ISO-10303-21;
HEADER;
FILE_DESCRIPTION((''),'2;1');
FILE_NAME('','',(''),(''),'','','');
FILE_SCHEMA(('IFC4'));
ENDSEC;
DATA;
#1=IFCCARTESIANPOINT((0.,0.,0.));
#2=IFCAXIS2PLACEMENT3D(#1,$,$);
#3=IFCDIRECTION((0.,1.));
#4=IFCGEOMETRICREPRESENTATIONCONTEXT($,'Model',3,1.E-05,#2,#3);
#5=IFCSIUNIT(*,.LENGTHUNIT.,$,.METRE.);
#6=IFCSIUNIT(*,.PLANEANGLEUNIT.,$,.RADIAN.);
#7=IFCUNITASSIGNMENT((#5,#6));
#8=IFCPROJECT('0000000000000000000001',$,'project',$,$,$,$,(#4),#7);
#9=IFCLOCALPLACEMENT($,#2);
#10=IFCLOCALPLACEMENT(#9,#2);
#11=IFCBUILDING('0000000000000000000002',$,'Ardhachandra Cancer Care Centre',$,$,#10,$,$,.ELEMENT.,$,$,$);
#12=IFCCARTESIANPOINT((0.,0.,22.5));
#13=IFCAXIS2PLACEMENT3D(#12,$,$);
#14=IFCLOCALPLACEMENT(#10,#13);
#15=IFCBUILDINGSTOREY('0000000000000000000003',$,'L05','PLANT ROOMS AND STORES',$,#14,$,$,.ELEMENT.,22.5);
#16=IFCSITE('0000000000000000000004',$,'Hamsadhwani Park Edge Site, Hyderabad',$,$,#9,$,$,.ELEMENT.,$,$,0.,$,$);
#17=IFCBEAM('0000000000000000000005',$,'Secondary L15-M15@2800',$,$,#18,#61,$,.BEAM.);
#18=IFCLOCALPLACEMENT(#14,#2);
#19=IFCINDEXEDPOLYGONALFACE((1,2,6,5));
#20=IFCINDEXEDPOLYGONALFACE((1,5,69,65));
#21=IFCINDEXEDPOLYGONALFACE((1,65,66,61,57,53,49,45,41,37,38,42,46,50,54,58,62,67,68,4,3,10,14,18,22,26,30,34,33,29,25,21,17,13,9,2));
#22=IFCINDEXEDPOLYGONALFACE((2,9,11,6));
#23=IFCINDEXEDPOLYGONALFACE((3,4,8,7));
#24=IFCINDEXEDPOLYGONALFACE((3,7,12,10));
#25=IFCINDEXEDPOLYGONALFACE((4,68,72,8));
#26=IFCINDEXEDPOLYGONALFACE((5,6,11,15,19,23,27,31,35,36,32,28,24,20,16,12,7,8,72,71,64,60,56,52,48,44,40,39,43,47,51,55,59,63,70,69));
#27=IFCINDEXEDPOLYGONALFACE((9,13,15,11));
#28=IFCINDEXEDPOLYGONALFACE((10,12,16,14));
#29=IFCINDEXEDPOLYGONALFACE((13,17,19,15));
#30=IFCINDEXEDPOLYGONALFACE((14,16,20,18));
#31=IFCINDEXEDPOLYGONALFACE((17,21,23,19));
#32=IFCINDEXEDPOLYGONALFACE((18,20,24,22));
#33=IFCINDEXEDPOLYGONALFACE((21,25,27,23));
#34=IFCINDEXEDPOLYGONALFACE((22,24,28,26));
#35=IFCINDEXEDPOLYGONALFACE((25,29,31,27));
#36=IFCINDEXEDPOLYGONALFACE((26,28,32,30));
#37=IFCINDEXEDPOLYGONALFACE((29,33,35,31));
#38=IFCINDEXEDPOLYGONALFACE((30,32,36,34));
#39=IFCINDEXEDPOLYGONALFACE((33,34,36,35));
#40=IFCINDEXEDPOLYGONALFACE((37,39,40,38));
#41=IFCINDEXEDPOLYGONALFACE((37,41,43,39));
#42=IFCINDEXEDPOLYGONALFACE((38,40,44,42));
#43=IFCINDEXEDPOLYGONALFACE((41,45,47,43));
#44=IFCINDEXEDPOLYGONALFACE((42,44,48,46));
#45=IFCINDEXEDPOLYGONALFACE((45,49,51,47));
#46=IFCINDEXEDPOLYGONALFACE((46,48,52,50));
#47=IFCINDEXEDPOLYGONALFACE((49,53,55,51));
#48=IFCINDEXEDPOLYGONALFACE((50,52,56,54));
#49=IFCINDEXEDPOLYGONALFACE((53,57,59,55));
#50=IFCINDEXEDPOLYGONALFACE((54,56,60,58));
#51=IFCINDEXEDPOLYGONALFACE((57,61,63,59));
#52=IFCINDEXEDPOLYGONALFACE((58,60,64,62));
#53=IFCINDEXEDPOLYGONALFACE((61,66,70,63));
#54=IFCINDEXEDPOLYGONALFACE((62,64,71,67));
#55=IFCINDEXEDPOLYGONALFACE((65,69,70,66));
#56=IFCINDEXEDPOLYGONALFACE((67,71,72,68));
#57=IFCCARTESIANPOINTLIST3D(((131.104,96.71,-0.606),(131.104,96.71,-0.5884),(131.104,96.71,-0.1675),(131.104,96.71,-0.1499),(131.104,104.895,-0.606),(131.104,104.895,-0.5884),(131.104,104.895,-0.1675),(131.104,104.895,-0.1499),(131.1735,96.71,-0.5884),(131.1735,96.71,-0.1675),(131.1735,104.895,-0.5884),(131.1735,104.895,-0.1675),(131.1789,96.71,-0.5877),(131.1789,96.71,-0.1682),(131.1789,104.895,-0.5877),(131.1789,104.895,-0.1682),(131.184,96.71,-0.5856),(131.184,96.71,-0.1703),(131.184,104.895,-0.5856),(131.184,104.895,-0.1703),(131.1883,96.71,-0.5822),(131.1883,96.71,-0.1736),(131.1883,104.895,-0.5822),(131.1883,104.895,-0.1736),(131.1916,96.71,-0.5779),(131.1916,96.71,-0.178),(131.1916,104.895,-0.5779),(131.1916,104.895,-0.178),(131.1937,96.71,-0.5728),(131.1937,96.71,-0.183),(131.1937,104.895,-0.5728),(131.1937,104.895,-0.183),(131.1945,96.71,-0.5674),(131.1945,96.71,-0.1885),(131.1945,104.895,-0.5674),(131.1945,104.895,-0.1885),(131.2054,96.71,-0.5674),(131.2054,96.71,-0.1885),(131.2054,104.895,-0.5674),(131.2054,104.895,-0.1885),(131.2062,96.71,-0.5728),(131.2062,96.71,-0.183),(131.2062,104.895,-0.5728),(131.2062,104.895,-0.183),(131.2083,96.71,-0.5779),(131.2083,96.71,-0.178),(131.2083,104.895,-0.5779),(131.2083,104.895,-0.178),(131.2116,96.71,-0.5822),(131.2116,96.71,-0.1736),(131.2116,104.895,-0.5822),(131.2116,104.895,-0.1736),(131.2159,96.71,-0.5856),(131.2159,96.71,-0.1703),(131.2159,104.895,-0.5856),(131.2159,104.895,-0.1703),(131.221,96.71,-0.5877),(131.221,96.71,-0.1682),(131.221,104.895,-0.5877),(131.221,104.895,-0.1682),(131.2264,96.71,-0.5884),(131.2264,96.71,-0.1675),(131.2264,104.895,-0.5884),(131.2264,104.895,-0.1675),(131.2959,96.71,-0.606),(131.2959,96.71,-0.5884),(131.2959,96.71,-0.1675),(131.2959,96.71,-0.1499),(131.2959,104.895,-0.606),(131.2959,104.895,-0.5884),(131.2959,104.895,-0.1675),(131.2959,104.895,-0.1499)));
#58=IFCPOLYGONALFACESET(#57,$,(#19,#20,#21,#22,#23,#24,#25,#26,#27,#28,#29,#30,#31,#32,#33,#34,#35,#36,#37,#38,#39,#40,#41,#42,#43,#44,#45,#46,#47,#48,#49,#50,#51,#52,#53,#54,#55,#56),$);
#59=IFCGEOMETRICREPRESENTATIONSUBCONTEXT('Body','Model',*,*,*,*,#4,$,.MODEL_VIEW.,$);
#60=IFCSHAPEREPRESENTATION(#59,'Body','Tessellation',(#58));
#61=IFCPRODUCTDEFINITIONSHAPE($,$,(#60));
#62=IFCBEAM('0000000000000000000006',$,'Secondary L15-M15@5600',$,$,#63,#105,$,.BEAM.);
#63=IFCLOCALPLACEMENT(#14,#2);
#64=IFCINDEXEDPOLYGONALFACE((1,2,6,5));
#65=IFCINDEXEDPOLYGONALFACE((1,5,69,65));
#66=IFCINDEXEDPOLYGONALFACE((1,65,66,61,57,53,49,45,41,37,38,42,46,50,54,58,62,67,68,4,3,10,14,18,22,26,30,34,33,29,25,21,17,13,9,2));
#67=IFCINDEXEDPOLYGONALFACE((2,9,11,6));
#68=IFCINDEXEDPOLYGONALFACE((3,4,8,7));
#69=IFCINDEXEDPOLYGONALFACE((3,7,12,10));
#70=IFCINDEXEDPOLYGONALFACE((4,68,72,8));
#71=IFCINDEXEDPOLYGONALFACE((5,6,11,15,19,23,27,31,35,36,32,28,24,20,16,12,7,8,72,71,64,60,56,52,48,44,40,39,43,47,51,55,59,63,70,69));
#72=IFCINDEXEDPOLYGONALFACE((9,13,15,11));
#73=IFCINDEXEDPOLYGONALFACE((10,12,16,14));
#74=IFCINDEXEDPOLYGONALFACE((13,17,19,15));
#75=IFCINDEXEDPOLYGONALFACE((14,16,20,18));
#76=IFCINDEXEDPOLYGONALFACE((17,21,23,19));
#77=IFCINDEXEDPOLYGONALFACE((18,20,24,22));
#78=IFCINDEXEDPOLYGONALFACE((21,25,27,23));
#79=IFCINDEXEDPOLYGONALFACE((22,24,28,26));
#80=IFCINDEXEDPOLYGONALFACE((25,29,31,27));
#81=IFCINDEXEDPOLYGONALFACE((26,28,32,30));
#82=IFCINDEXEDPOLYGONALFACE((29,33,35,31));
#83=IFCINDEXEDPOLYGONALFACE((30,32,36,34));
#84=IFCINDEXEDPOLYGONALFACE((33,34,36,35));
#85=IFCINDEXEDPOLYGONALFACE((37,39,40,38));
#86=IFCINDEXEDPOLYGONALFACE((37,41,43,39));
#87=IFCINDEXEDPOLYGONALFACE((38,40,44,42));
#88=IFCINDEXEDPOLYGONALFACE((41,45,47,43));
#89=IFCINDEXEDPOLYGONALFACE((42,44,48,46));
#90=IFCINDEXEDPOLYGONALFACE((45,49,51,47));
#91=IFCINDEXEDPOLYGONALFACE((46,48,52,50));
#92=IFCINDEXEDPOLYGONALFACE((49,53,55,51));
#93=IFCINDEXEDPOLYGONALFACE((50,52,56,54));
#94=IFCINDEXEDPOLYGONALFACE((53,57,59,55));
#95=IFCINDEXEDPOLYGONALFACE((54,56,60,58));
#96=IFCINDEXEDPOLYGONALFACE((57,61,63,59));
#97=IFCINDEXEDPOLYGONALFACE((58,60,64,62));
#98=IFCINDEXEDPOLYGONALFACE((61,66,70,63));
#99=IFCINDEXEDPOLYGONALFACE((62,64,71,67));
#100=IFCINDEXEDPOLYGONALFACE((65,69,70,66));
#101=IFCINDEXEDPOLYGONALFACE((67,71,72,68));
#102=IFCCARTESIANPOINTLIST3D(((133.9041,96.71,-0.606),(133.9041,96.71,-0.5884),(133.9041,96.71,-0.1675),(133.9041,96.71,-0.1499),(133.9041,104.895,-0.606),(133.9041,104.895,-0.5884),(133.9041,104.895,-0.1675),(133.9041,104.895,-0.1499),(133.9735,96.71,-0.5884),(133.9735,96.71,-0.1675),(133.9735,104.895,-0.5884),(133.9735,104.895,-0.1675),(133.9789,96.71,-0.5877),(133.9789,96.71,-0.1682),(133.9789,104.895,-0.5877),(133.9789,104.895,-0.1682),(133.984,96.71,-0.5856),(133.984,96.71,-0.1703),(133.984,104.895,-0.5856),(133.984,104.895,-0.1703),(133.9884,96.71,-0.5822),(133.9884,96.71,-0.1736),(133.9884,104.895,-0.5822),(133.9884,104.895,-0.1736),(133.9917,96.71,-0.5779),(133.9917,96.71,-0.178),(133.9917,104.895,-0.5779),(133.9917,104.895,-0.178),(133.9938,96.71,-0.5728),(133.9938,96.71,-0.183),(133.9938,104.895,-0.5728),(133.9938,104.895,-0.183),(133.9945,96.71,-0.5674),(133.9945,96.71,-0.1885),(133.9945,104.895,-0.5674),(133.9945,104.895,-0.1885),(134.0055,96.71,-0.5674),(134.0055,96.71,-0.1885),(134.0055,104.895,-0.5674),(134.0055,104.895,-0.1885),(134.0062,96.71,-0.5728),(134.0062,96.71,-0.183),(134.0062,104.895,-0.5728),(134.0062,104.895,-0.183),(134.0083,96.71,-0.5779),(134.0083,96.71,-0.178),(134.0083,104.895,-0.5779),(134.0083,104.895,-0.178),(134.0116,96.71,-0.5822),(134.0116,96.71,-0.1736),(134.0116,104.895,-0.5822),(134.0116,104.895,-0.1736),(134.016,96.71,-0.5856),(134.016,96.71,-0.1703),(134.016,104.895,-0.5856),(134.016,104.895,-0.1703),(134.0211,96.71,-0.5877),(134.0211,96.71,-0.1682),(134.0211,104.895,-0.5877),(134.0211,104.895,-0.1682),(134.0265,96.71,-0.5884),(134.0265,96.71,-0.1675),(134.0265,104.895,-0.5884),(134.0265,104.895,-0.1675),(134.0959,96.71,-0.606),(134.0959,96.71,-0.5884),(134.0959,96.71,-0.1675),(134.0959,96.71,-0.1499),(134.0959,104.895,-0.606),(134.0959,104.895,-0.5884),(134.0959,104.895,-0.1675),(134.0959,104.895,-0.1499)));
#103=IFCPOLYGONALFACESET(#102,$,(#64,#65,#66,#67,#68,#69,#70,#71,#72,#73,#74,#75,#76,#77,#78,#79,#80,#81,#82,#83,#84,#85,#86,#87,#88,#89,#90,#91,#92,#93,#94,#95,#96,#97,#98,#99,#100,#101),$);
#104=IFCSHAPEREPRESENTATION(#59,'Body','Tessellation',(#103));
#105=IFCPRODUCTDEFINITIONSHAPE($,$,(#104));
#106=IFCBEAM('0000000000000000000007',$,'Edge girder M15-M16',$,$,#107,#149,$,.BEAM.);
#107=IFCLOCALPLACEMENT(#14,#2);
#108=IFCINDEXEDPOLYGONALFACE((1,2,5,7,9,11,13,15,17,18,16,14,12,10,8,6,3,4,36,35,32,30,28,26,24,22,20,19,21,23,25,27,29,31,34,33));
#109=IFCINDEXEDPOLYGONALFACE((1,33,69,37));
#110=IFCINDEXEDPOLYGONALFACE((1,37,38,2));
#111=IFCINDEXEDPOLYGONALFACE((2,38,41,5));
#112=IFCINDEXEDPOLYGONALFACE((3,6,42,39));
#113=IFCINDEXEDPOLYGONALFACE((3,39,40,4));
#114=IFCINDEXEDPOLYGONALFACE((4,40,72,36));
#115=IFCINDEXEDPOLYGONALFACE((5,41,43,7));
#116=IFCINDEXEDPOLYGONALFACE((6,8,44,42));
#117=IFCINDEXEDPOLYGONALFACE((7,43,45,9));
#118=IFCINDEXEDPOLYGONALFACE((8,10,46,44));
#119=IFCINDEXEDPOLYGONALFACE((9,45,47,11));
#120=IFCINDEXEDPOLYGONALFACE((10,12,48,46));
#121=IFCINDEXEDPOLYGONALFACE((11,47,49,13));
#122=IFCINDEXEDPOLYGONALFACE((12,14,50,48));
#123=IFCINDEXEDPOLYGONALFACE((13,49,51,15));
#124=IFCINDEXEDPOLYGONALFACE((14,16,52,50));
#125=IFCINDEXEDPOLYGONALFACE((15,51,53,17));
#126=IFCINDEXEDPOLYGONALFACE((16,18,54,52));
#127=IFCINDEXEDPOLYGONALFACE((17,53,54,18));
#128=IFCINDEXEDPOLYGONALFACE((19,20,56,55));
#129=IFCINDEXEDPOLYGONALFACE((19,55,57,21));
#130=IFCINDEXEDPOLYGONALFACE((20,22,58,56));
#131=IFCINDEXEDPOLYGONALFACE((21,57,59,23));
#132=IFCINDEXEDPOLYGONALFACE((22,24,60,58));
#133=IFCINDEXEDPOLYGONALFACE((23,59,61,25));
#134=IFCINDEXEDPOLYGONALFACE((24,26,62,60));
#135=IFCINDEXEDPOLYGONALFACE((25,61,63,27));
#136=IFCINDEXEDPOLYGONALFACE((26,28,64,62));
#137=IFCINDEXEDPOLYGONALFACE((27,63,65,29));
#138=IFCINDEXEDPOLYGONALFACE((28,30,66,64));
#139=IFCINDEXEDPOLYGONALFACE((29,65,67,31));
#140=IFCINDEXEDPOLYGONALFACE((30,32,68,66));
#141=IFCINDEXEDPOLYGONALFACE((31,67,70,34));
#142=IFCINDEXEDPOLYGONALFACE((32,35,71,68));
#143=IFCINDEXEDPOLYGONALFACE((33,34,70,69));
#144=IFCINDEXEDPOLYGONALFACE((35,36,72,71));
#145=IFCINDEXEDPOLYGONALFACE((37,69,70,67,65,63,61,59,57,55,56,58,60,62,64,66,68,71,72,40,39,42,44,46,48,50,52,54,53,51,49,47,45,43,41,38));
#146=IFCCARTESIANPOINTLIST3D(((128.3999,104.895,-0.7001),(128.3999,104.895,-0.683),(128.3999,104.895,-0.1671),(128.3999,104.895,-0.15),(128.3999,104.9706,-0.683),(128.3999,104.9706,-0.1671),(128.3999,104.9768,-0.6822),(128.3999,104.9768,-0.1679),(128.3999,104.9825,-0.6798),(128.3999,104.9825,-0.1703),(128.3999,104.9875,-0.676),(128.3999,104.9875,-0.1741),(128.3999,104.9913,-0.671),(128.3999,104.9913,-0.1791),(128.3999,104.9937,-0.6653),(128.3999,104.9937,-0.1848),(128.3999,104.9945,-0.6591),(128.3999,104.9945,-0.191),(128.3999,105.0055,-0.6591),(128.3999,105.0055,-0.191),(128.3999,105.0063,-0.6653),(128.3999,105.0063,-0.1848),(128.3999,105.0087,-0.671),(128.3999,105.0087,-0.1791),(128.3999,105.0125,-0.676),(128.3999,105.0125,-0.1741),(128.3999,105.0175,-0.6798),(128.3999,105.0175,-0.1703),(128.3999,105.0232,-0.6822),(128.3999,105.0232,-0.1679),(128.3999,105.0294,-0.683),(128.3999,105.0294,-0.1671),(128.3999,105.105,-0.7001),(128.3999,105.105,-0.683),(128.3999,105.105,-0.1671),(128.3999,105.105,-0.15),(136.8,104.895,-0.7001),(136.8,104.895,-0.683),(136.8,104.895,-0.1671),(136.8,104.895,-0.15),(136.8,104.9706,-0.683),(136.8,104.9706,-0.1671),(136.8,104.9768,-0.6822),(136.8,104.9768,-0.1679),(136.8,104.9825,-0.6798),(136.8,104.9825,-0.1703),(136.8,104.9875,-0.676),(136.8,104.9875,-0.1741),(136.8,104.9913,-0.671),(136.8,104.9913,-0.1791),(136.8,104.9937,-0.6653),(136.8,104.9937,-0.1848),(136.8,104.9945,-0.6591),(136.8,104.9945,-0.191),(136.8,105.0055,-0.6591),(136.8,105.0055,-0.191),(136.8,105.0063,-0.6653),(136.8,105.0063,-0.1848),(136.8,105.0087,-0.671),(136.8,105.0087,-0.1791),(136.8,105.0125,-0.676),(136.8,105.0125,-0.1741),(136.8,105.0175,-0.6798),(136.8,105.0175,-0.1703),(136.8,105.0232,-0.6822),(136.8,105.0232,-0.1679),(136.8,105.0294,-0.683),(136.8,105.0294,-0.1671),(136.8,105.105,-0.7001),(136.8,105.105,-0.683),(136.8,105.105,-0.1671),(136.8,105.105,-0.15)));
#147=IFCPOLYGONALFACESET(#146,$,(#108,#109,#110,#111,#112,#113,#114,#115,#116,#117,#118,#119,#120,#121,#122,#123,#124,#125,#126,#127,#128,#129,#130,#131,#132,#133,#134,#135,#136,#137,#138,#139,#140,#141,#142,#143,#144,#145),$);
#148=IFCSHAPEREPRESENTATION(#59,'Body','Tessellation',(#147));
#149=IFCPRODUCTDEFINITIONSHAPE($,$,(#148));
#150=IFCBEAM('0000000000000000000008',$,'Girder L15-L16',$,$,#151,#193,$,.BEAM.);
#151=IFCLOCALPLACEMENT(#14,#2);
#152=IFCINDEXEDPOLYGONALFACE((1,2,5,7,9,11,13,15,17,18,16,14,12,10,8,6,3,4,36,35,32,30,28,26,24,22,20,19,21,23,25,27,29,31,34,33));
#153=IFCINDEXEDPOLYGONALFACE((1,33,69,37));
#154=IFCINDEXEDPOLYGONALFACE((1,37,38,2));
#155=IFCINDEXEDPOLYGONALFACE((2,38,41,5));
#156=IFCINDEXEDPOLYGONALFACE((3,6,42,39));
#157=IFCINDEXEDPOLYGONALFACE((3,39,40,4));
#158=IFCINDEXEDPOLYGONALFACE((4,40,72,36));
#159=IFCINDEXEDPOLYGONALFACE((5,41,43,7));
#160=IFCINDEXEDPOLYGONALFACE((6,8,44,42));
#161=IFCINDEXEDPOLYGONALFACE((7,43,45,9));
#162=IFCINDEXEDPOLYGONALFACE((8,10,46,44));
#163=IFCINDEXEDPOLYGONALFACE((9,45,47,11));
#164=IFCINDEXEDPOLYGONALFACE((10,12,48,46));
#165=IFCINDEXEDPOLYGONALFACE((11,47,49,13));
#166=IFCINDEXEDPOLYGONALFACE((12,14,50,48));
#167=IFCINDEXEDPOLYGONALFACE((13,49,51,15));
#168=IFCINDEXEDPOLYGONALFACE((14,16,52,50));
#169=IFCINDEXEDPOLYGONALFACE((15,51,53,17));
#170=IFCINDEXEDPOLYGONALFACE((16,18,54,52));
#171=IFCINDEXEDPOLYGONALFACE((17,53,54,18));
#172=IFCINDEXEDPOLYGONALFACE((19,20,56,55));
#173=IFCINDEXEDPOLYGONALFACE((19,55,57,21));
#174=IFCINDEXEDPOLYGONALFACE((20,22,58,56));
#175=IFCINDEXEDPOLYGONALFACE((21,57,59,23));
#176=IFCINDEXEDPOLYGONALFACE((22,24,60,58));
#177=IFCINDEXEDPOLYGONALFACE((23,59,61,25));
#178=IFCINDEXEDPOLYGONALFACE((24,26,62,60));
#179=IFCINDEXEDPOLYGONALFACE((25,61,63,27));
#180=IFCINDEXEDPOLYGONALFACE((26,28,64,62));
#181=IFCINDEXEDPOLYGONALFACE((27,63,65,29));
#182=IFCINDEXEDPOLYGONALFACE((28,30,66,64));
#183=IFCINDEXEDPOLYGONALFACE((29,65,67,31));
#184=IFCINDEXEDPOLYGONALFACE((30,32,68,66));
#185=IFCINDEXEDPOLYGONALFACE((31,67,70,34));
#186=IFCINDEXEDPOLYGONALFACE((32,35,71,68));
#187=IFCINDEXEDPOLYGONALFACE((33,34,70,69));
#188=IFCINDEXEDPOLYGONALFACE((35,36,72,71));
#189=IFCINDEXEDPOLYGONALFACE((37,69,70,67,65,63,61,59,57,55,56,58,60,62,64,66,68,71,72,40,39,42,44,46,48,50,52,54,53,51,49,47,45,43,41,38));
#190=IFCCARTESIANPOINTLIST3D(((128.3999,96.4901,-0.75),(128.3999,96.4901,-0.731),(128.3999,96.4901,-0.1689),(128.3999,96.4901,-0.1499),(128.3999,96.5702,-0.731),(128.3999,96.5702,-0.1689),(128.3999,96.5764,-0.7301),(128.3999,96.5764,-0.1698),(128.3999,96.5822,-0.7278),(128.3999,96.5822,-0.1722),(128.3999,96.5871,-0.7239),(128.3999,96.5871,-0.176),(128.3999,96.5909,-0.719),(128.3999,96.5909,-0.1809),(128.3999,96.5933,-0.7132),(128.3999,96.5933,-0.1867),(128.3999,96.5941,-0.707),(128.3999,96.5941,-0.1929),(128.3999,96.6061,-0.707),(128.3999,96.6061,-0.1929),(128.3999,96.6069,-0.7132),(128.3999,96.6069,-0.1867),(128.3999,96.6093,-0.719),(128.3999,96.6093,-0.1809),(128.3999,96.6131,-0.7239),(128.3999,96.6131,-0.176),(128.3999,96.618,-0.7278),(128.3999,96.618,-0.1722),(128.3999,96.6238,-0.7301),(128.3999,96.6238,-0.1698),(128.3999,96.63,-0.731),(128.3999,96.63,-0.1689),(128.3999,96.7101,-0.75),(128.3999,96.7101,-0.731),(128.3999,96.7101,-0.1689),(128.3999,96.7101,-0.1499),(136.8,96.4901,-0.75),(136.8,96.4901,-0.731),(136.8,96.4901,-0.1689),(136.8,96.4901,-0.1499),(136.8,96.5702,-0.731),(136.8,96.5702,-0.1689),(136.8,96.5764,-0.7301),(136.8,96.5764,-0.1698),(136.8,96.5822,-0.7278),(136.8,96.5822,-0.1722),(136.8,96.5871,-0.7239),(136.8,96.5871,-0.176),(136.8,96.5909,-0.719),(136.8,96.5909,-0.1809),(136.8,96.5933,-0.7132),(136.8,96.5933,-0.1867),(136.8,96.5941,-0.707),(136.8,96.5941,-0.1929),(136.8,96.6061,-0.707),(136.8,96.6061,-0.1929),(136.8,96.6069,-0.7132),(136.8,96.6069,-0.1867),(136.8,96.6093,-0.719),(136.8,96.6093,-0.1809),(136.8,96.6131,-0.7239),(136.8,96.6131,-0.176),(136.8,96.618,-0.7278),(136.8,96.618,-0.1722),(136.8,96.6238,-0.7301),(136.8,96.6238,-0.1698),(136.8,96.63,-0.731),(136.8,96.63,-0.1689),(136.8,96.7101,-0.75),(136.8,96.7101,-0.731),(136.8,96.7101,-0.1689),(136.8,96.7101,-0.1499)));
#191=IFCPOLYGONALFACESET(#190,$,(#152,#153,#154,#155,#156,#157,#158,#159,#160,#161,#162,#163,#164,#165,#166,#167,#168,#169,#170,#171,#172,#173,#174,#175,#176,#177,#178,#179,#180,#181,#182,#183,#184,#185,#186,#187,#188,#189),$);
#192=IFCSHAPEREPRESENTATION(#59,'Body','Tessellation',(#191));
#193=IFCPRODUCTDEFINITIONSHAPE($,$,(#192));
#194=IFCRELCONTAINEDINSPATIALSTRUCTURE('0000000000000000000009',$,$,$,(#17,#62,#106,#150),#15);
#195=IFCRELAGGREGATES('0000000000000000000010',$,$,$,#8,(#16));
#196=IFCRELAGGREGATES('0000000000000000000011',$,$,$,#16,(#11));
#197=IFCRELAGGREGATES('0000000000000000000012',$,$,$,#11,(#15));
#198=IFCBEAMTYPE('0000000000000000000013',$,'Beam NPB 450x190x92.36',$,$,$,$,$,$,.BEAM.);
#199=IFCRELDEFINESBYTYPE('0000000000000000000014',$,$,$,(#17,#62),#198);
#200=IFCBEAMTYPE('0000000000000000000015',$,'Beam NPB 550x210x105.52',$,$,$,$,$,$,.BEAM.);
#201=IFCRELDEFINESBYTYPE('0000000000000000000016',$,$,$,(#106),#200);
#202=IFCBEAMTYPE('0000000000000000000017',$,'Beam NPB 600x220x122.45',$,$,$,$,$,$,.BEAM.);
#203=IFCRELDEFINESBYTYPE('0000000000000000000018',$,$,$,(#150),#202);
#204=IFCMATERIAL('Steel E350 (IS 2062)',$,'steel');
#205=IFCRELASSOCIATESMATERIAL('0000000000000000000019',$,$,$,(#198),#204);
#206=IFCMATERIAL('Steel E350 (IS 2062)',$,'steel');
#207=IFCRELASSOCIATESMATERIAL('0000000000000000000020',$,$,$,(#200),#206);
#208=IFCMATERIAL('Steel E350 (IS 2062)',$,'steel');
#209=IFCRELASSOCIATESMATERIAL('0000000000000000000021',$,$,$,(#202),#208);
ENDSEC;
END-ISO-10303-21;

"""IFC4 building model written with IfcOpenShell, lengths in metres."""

from ifc_helpers import new_model, si_unit, direction, frame, origin, origin_2d, place, context, subcontext, project, spatial, i_section, extrude, material, material_profile, profile_set, type_object, element, save


model = new_model("IFC4")

# Units and contexts
model_context = context("Model", 3, precision=1e-05, world=origin(), true_north=direction((0.0, 1.0)))
body_context = subcontext(model_context, "Body", "Model", "MODEL_VIEW")
ifc_project = project(units=[si_unit("LENGTHUNIT", "METRE"), si_unit("PLANEANGLEUNIT", "RADIAN")], contexts=[model_context])

# Site, building, storey
site_placement = place(None, origin())
site = spatial("IfcSite", under=ifc_project, at=site_placement, Name="Hamsadhwani Park Edge Site, Hyderabad", CompositionType="ELEMENT", RefElevation=0.0)
building_placement = place(site_placement, origin())
building = spatial("IfcBuilding", under=site, at=building_placement, Name="Ardhachandra Cancer Care Centre", CompositionType="ELEMENT")
storey_placement = place(building_placement, frame((0.0, 0.0, 22.5)))
storey = spatial("IfcBuildingStorey", under=building, at=storey_placement, Name="L05", Description="PLANT ROOMS AND STORES", CompositionType="ELEMENT", Elevation=22.5)

# Beams
ifc_material_1 = material(Name="Steel E350 (IS 2062)", Category="steel")
ifc_material_profile_1 = material_profile(ifc_material_1, i_section(OverallWidth=0.1919, OverallDepth=0.4561, WebThickness=0.011, FlangeThickness=0.0176, FilletRadius=0.021, at=origin_2d()), Name="NPB 450x190x92.36")
ifc_profile_set_1 = profile_set([ifc_material_profile_1], Name="Steel E350 (IS 2062)")
beam_type_1 = type_object("IfcBeamType", Name="Beam NPB 450x190x92.36", PredefinedType="BEAM", material=ifc_profile_set_1)
for number, where, z_axis, x_axis, name in (
    (1, (131.2, 96.71, -0.3779), (0.0, 1.0, 0.0), (-1.0, 0.0, 0.0), "Secondary L15-M15@2800"),
    (2, (134.0, 96.71, -0.3779), (0.0, 1.0, 0.0), (-1.0, 0.0, 0.0), "Secondary L15-M15@5600"),
):
    element("IfcBeam", number, at=place(storey_placement, frame(where, z_axis=z_axis, x_axis=x_axis)), inside=storey, type_object=beam_type_1, Name=name, PredefinedType="BEAM", context=body_context, shape_type="SweptSolid", body=[
        extrude(i_section(OverallWidth=0.1919, OverallDepth=0.4561, WebThickness=0.011, FlangeThickness=0.0176, FilletRadius=0.021, at=origin_2d()), origin(), (0.0, 0.0, 1.0), 8.1851),
    ])
ifc_material_2 = material(Name="Steel E350 (IS 2062)", Category="steel")
ifc_material_profile_2 = material_profile(ifc_material_2, i_section(OverallWidth=0.21, OverallDepth=0.55, WebThickness=0.011, FlangeThickness=0.0171, FilletRadius=0.0239, at=origin_2d()), Name="NPB 550x210x105.52")
ifc_profile_set_2 = profile_set([ifc_material_profile_2], Name="Steel E350 (IS 2062)")
beam_type_2 = type_object("IfcBeamType", Name="Beam NPB 550x210x105.52", PredefinedType="BEAM", material=ifc_profile_set_2)
beam_1_placement = place(storey_placement, frame((128.3999, 105.0, -0.425), z_axis=(1.0, 0.0, 0.0), x_axis=(0.0, 1.0, 0.0)))
element("IfcBeam", 3, at=beam_1_placement, inside=storey, type_object=beam_type_2, Name="Edge girder M15-M16", PredefinedType="BEAM", context=body_context, shape_type="SweptSolid", body=[
    extrude(i_section(OverallWidth=0.21, OverallDepth=0.55, WebThickness=0.011, FlangeThickness=0.0171, FilletRadius=0.0239, at=origin_2d()), origin(), (0.0, 0.0, 1.0), 8.4001),
])
ifc_material_3 = material(Name="Steel E350 (IS 2062)", Category="steel")
ifc_material_profile_3 = material_profile(ifc_material_3, i_section(OverallWidth=0.22, OverallDepth=0.6001, WebThickness=0.012, FlangeThickness=0.019, FilletRadius=0.0239, at=origin_2d()), Name="NPB 600x220x122.45")
ifc_profile_set_3 = profile_set([ifc_material_profile_3], Name="Steel E350 (IS 2062)")
beam_type_3 = type_object("IfcBeamType", Name="Beam NPB 600x220x122.45", PredefinedType="BEAM", material=ifc_profile_set_3)
beam_2_placement = place(storey_placement, frame((128.3999, 96.6001, -0.45), z_axis=(1.0, 0.0, 0.0), x_axis=(0.0, 1.0, 0.0)))
element("IfcBeam", 4, at=beam_2_placement, inside=storey, type_object=beam_type_3, Name="Girder L15-L16", PredefinedType="BEAM", context=body_context, shape_type="SweptSolid", body=[
    extrude(i_section(OverallWidth=0.22, OverallDepth=0.6001, WebThickness=0.012, FlangeThickness=0.019, FilletRadius=0.0239, at=origin_2d()), origin(), (0.0, 0.0, 1.0), 8.4001),
])

save(model, "model.ifc")
